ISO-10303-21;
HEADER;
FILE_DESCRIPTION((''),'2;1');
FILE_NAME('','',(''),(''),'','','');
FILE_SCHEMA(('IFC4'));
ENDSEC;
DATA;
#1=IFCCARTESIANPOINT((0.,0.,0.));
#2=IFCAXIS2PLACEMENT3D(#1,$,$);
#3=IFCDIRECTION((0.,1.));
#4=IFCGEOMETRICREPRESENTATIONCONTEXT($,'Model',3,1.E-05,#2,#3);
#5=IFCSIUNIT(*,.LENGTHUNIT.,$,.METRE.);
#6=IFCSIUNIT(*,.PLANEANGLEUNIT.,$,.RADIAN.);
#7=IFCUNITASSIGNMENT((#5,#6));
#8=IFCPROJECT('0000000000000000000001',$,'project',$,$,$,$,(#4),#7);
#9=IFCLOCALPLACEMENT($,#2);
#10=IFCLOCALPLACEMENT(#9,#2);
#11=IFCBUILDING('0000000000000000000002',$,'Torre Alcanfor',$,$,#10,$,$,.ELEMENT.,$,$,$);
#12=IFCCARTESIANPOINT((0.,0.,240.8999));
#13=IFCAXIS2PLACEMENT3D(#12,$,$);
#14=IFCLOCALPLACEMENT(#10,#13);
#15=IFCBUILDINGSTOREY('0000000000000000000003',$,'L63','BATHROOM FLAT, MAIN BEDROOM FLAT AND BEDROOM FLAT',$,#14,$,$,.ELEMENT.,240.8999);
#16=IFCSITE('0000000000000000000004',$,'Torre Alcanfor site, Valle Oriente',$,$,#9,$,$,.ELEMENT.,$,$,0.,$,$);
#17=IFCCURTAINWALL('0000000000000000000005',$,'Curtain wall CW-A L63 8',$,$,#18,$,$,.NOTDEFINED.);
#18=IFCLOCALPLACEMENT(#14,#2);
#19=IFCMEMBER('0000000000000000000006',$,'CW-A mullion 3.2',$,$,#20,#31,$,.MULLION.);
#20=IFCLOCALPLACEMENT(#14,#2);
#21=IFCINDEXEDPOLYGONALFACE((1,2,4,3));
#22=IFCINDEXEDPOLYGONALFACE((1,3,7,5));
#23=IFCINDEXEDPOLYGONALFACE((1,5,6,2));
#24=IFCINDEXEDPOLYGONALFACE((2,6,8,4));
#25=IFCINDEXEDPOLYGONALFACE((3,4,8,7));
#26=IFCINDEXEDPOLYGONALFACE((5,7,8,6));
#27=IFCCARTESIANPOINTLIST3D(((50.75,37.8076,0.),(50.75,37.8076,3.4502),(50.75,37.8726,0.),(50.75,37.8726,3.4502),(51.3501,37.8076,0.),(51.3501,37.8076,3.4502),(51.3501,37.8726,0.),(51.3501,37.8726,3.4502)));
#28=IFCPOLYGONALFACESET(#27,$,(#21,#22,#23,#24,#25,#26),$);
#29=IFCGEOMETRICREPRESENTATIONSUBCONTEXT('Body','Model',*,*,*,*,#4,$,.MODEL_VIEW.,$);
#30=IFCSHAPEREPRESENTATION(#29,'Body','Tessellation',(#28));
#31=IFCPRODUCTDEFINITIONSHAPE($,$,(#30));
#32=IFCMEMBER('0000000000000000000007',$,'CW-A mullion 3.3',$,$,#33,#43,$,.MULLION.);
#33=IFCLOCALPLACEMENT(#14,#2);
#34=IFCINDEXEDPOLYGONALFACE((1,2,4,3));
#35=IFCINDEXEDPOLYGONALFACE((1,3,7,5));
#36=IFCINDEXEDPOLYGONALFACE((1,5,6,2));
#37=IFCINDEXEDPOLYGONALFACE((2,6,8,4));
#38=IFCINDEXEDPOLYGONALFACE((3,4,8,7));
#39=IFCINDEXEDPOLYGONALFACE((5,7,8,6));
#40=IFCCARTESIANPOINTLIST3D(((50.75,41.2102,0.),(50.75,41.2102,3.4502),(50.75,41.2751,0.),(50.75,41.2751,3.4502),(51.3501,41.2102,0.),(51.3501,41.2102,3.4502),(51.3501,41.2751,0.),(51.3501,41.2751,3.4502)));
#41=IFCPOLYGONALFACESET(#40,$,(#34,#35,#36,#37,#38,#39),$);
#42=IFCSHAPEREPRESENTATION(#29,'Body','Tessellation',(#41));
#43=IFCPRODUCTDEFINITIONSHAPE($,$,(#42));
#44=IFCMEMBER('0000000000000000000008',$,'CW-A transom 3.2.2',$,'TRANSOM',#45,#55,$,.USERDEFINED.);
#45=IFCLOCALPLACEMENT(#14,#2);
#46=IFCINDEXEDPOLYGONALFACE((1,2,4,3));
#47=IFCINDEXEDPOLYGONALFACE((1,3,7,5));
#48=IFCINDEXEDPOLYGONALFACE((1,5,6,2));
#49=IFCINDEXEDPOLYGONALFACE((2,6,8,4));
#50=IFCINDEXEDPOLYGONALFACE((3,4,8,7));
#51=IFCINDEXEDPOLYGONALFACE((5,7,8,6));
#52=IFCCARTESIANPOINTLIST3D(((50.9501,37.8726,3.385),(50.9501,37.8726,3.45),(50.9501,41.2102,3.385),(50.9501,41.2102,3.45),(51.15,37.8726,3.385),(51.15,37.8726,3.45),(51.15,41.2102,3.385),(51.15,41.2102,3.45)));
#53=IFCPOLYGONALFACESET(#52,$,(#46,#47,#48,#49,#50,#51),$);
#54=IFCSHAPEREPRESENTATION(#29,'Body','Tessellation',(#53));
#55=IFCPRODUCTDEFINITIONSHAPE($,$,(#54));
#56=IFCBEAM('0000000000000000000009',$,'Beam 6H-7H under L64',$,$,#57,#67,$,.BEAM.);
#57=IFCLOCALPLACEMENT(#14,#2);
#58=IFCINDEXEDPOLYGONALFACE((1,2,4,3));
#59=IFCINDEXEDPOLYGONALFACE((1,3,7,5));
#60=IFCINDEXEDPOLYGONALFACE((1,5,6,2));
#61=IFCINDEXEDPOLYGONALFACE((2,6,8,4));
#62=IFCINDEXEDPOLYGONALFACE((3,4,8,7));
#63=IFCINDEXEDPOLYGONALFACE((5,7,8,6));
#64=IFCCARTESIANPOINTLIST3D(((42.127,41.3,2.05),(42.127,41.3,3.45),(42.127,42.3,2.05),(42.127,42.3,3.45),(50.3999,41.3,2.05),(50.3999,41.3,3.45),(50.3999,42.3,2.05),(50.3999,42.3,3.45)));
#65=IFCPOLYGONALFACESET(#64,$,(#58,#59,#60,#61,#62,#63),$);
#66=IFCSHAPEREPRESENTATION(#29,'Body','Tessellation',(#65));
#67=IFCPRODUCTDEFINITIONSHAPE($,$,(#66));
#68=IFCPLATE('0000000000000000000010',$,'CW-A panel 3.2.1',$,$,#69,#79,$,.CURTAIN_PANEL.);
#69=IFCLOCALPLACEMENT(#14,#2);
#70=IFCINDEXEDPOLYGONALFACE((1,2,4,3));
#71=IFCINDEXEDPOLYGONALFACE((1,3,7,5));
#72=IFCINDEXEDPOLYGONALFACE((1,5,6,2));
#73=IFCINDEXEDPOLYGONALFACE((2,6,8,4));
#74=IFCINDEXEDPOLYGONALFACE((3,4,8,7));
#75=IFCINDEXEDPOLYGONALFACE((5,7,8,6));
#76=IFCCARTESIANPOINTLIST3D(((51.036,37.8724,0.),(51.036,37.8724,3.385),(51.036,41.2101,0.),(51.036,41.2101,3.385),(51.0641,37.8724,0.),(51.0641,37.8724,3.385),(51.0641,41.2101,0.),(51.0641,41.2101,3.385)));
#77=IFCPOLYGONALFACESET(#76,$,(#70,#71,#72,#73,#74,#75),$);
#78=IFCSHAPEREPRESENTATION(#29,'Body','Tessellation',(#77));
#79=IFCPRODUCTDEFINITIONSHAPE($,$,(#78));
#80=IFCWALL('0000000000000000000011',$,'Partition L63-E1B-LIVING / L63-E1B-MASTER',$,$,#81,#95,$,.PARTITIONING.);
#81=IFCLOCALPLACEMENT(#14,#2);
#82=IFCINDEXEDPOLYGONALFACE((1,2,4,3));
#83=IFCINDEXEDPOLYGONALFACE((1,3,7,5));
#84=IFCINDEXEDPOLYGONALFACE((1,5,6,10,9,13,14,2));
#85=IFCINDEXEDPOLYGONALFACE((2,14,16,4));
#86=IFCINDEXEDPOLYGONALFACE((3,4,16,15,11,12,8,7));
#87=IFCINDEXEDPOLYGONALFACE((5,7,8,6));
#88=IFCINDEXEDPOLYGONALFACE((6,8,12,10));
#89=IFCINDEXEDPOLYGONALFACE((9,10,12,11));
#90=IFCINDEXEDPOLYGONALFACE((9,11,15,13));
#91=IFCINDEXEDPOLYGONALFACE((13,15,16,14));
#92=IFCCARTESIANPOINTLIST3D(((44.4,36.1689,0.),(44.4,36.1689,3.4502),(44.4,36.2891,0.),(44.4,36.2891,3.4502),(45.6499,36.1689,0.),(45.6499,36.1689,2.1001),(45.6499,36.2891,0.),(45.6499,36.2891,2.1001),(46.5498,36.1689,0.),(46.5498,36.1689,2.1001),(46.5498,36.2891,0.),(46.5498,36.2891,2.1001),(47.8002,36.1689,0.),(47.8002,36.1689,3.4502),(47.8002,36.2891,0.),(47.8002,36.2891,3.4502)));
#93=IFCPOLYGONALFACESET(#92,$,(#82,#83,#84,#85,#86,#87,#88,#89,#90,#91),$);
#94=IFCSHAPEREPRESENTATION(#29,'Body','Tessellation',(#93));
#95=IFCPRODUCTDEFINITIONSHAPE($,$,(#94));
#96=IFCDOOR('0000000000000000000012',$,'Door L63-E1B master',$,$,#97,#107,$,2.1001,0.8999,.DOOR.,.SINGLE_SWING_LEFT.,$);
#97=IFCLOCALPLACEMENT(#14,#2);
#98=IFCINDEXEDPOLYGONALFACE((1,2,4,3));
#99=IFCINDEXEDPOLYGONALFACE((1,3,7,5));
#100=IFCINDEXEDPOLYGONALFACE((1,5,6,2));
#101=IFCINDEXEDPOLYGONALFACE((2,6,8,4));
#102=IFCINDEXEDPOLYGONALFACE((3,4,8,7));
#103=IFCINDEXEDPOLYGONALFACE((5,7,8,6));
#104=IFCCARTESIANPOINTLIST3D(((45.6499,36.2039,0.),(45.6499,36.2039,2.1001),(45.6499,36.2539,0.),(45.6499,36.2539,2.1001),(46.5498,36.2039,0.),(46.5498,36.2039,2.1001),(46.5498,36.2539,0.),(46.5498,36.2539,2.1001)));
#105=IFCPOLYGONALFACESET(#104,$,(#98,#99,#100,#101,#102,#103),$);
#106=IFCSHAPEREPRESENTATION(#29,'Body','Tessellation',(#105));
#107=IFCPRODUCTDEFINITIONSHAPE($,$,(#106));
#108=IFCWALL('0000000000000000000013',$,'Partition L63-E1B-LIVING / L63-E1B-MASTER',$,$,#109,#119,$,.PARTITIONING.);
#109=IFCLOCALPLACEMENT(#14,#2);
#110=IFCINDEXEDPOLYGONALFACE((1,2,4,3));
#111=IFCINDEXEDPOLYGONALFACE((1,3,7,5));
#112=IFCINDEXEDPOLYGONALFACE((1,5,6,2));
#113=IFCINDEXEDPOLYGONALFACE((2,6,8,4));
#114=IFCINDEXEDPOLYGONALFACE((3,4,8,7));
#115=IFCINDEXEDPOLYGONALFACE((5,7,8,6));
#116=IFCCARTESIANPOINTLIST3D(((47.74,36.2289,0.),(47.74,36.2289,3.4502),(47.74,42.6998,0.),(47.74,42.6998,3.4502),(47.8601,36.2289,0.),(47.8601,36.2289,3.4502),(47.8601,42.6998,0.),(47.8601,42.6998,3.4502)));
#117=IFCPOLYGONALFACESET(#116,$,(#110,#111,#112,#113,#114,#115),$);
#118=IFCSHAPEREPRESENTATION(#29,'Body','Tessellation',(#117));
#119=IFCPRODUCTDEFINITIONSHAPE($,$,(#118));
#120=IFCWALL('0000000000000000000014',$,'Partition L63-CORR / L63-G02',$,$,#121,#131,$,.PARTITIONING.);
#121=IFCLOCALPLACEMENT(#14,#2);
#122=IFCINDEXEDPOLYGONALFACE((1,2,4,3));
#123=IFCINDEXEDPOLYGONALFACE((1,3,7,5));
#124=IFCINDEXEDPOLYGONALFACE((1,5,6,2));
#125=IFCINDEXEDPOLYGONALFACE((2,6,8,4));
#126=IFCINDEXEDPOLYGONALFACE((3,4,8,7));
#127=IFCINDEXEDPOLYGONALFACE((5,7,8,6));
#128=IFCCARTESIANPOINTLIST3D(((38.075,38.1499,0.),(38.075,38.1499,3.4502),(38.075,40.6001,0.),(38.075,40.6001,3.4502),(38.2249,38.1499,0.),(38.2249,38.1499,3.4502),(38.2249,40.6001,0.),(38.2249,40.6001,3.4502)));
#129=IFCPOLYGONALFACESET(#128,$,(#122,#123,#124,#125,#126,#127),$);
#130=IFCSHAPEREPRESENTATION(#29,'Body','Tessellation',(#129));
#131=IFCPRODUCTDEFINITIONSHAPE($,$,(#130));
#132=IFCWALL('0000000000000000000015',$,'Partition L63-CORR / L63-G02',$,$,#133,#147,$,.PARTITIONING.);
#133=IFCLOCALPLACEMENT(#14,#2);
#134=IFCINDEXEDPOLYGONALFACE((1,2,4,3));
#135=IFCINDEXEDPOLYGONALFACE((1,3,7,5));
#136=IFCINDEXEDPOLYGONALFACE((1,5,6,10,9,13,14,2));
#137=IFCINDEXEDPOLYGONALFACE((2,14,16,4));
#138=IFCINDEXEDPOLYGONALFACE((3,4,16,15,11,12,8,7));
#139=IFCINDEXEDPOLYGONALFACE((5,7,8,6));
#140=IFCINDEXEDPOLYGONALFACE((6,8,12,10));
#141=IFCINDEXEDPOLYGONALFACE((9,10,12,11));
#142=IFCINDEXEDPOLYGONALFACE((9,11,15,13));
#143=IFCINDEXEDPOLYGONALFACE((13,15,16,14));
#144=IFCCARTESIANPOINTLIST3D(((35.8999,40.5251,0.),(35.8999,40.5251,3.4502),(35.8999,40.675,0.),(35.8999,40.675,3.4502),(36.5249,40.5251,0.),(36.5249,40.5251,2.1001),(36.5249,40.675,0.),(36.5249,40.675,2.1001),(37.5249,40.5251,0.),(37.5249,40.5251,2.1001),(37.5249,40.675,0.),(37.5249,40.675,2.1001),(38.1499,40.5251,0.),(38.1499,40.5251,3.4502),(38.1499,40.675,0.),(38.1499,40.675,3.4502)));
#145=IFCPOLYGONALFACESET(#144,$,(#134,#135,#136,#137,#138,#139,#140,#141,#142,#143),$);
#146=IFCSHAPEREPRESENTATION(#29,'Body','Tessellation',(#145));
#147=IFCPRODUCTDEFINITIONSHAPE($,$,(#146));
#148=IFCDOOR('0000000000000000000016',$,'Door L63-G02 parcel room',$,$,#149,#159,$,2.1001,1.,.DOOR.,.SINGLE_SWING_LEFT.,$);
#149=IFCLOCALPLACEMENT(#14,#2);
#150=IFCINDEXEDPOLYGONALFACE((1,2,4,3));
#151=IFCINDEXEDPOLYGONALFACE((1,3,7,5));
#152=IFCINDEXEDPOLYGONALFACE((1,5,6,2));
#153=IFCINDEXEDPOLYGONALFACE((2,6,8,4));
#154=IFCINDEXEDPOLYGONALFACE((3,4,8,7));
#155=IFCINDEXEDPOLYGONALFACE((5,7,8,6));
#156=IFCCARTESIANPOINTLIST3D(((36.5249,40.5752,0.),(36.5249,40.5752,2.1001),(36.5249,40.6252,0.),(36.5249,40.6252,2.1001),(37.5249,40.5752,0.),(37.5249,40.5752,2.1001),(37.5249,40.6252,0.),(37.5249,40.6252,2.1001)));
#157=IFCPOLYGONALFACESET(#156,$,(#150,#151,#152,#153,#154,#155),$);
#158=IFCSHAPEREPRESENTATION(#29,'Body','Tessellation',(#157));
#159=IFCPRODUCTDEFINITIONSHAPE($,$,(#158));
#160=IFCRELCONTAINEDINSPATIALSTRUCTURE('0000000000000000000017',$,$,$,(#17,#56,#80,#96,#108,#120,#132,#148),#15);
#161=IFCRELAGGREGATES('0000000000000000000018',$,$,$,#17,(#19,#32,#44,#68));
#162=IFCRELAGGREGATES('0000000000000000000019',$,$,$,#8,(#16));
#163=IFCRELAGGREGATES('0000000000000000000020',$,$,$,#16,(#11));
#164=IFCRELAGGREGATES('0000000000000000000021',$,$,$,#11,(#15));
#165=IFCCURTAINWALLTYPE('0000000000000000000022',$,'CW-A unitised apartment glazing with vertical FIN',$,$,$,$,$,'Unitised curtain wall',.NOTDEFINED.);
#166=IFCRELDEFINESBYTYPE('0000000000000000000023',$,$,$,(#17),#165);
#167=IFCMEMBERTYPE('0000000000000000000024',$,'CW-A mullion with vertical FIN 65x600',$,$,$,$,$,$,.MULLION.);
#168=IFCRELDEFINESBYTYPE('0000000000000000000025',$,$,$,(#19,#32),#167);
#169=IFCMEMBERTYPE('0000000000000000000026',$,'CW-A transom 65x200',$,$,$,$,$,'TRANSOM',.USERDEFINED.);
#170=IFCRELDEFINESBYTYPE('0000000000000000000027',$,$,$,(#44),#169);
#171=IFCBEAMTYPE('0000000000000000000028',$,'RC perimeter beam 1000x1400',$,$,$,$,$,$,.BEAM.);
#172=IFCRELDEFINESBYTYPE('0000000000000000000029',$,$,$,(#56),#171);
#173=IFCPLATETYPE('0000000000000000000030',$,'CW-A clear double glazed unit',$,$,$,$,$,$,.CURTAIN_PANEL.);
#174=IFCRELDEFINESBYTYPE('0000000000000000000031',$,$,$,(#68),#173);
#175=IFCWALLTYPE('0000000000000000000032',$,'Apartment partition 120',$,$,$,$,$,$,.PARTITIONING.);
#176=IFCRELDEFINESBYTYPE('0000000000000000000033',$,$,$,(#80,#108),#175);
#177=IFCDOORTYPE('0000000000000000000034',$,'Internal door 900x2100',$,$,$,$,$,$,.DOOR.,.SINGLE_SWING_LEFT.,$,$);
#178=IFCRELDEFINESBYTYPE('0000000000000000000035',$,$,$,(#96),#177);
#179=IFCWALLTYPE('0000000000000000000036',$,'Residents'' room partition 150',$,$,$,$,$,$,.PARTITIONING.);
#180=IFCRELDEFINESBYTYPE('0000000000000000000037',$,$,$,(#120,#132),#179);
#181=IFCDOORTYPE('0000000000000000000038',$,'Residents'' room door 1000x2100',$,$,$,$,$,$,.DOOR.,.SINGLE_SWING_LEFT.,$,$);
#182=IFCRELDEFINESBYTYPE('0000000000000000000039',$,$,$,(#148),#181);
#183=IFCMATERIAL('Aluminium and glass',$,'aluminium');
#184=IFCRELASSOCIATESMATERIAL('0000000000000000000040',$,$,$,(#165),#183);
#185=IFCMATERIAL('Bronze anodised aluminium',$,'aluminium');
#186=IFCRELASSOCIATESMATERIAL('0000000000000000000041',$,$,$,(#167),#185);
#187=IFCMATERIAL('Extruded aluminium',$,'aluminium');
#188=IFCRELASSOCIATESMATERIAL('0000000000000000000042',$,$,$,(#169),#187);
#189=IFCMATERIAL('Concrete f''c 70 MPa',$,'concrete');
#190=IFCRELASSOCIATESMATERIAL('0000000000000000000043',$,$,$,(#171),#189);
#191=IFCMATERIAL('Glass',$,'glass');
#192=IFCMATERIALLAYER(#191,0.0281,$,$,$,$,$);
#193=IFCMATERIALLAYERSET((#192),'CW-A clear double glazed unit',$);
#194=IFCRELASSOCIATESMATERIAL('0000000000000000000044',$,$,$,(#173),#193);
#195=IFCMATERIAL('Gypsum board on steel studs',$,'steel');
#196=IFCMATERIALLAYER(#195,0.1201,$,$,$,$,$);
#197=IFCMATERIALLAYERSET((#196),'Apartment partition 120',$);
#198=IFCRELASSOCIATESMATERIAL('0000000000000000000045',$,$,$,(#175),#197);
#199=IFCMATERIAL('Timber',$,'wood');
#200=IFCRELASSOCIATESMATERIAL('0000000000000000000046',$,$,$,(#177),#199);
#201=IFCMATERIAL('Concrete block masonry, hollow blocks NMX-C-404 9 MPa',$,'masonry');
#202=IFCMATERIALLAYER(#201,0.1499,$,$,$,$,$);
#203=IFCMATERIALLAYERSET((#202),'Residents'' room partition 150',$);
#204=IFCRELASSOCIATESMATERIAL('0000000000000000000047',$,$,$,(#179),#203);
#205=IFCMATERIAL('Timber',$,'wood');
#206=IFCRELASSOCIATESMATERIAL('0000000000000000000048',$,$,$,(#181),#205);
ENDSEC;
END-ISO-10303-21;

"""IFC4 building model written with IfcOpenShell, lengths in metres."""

from ifc_helpers import new_model, si_unit, direction, frame, frame_2d, origin, origin_2d, place, context, subcontext, project, spatial, rectangle, extrude, material, layer, layer_set, material_profile, profile_set, type_object, element, fill, aggregate, save


model = new_model("IFC4")

# Units and contexts
model_context = context("Model", 3, precision=1e-05, world=origin(), true_north=direction((0.0, 1.0)))
body_context = subcontext(model_context, "Body", "Model", "MODEL_VIEW")
ifc_project = project(units=[si_unit("LENGTHUNIT", "METRE"), si_unit("PLANEANGLEUNIT", "RADIAN")], contexts=[model_context])

# Site, building, storey
site_placement = place(None, origin())
site = spatial("IfcSite", under=ifc_project, at=site_placement, Name="Torre Alcanfor site, Valle Oriente", CompositionType="ELEMENT", RefElevation=0.0)
building_placement = place(site_placement, origin())
building = spatial("IfcBuilding", under=site, at=building_placement, Name="Torre Alcanfor", CompositionType="ELEMENT")
storey_placement = place(building_placement, frame((0.0, 0.0, 240.8999)))
storey = spatial("IfcBuildingStorey", under=building, at=storey_placement, Name="L63", Description="BATHROOM FLAT, MAIN BEDROOM FLAT AND BEDROOM FLAT", CompositionType="ELEMENT", Elevation=240.8999)

# Curtain wall, members
ifc_material_1 = material(Name="Aluminium and glass", Category="aluminium")
curtain_wall_type = type_object("IfcCurtainWallType", Name="CW-A unitised apartment glazing with vertical FIN", ElementType="Unitised curtain wall", PredefinedType="NOTDEFINED", material=ifc_material_1)
curtain_wall_placement = place(storey_placement, origin())
curtain_wall = element("IfcCurtainWall", 1, at=curtain_wall_placement, inside=storey, type_object=curtain_wall_type, Name="Curtain wall CW-A L63 8", PredefinedType="NOTDEFINED")
ifc_material_2 = material(Name="Bronze anodised aluminium", Category="aluminium")
ifc_material_profile_1 = material_profile(ifc_material_2, rectangle(XDim=0.6001, YDim=0.0649, at=origin_2d()), Name="CW-A mullion 65x600")
ifc_profile_set_1 = profile_set([ifc_material_profile_1], Name="Bronze anodised aluminium")
member_type_1 = type_object("IfcMemberType", Name="CW-A mullion with vertical FIN 65x600", PredefinedType="MULLION", material=ifc_profile_set_1)
member_1_placement = place(storey_placement, frame((51.05, 37.8401, 0.0), z_axis=(0.0, 0.0, 1.0), x_axis=(-1.0, 0.0, 0.0)))
member_1 = element("IfcMember", 2, at=member_1_placement, type_object=member_type_1, Name="CW-A mullion 3.2", PredefinedType="MULLION", context=body_context, shape_type="SweptSolid", body=[
    extrude(rectangle(XDim=0.6001, YDim=0.0649, at=origin_2d()), origin(), (0.0, 0.0, 1.0), 3.4502),
])
member_2_placement = place(storey_placement, frame((51.05, 41.2427, 0.0), z_axis=(0.0, 0.0, 1.0), x_axis=(-1.0, 0.0, 0.0)))
member_2 = element("IfcMember", 3, at=member_2_placement, type_object=member_type_1, Name="CW-A mullion 3.3", PredefinedType="MULLION", context=body_context, shape_type="SweptSolid", body=[
    extrude(rectangle(XDim=0.6001, YDim=0.0649, at=origin_2d()), origin(), (0.0, 0.0, 1.0), 3.4502),
])
ifc_material_3 = material(Name="Extruded aluminium", Category="aluminium")
ifc_material_profile_2 = material_profile(ifc_material_3, rectangle(XDim=0.2, YDim=0.0649, at=origin_2d()), Name="CW-A transom 200x65")
ifc_profile_set_2 = profile_set([ifc_material_profile_2], Name="Extruded aluminium")
member_type_2 = type_object("IfcMemberType", Name="CW-A transom 65x200", ElementType="TRANSOM", PredefinedType="USERDEFINED", material=ifc_profile_set_2)
member_3_placement = place(storey_placement, frame((51.05, 37.8726, 3.4175), z_axis=(0.0, 1.0, 0.0), x_axis=(-1.0, 0.0, 0.0)))
member_3 = element("IfcMember", 4, at=member_3_placement, type_object=member_type_2, Name="CW-A transom 3.2.2", ObjectType="TRANSOM", PredefinedType="USERDEFINED", context=body_context, shape_type="SweptSolid", body=[
    extrude(rectangle(XDim=0.2, YDim=0.0649, at=origin_2d()), origin(), (0.0, 0.0, 1.0), 3.3376),
])

# Beam
ifc_material_4 = material(Name="Concrete f'c 70 MPa", Category="concrete")
ifc_material_profile_3 = material_profile(ifc_material_4, rectangle(XDim=1.0, YDim=1.3999, at=origin_2d()), Name="1000x1400")
ifc_profile_set_3 = profile_set([ifc_material_profile_3], Name="Concrete f'c 70 MPa")
beam_type = type_object("IfcBeamType", Name="RC perimeter beam 1000x1400", PredefinedType="BEAM", material=ifc_profile_set_3)
beam_placement = place(storey_placement, frame((42.127, 41.8, 2.75), z_axis=(1.0, 0.0, 0.0), x_axis=(0.0, 1.0, 0.0)))
element("IfcBeam", 5, at=beam_placement, inside=storey, type_object=beam_type, Name="Beam 6H-7H under L64", PredefinedType="BEAM", context=body_context, shape_type="SweptSolid", body=[
    extrude(rectangle(XDim=1.0, YDim=1.3999, at=origin_2d()), origin(), (0.0, 0.0, 1.0), 8.2729),
])

# Plate
ifc_material_5 = material(Name="Glass", Category="glass")
ifc_layer_1 = layer(ifc_material_5, 0.0281)
ifc_layer_set_1 = layer_set([ifc_layer_1], Name="CW-A clear double glazed unit")
plate_type = type_object("IfcPlateType", Name="CW-A clear double glazed unit", PredefinedType="CURTAIN_PANEL", material=ifc_layer_set_1)
plate_placement = place(storey_placement, frame((51.05, 39.5413, 0.0), z_axis=(0.0, 0.0, 1.0), x_axis=(0.0, 1.0, 0.0)))
plate = element("IfcPlate", 6, at=plate_placement, type_object=plate_type, Name="CW-A panel 3.2.1", PredefinedType="CURTAIN_PANEL", context=body_context, shape_type="SweptSolid", body=[
    extrude(rectangle(XDim=3.3376, YDim=0.0281, at=origin_2d()), origin(), (0.0, 0.0, 1.0), 3.385),
])
aggregate(curtain_wall, [member_1, member_2, member_3, plate])

# Wall, opening, door
ifc_material_6 = material(Name="Gypsum board on steel studs", Category="steel")
ifc_layer_2 = layer(ifc_material_6, 0.1201)
ifc_layer_set_2 = layer_set([ifc_layer_2], Name="Apartment partition 120")
wall_type_1 = type_object("IfcWallType", Name="Apartment partition 120", PredefinedType="PARTITIONING", material=ifc_layer_set_2)
wall_1_placement = place(storey_placement, frame((44.3999, 36.229, 0.0), z_axis=(0.0, 0.0, 1.0), x_axis=(1.0, 0.0, 0.0)))
wall_1 = element("IfcWall", 7, at=wall_1_placement, inside=storey, type_object=wall_type_1, Name="Partition L63-E1B-LIVING / L63-E1B-MASTER", PredefinedType="PARTITIONING", context=body_context, shape_type="SweptSolid", body=[
    extrude(rectangle(XDim=3.4001, YDim=0.1201, at=frame_2d((1.7002, 0.0))), origin(), (0.0, 0.0, 1.0), 3.4502),
])
opening_1_placement = place(wall_1_placement, frame((1.25, 0.0, 0.0)))
opening_1 = element("IfcOpeningElement", 8, at=opening_1_placement, cuts=wall_1, PredefinedType="OPENING", context=body_context, shape_type="SweptSolid", body=[
    extrude(rectangle(XDim=0.8999, YDim=2.1001, at=frame_2d((0.45, 1.05))), frame((0.0, 0.0701, 0.0), z_axis=(0.0, -1.0, 0.0), x_axis=(1.0, 0.0, 0.0)), (0.0, 0.0, 1.0), 0.1401),
])
ifc_material_7 = material(Name="Timber", Category="wood")
door_type_1 = type_object("IfcDoorType", Name="Internal door 900x2100", OperationType="SINGLE_SWING_LEFT", PredefinedType="DOOR", material=ifc_material_7)
door_1_placement = place(opening_1_placement, origin())
door_1 = element("IfcDoor", 9, at=door_1_placement, inside=storey, type_object=door_type_1, Name="Door L63-E1B master", OperationType="SINGLE_SWING_LEFT", OverallHeight=2.1001, OverallWidth=0.8999, PredefinedType="DOOR", context=body_context, shape_type="SweptSolid", body=[
    extrude(rectangle(XDim=0.8999, YDim=2.1001, at=frame_2d((0.45, 1.05))), frame((0.0, 0.0249, 0.0), z_axis=(0.0, -1.0, 0.0), x_axis=(1.0, 0.0, 0.0)), (0.0, 0.0, 1.0), 0.05),
])
fill(opening_1, door_1)

# Walls
wall_2_placement = place(storey_placement, frame((47.8, 36.229, 0.0), z_axis=(0.0, 0.0, 1.0), x_axis=(0.0, 1.0, 0.0)))
element("IfcWall", 10, at=wall_2_placement, inside=storey, type_object=wall_type_1, Name="Partition L63-E1B-LIVING / L63-E1B-MASTER", PredefinedType="PARTITIONING", context=body_context, shape_type="SweptSolid", body=[
    extrude(rectangle(XDim=6.4709, YDim=0.1201, at=frame_2d((3.2354, 0.0))), origin(), (0.0, 0.0, 1.0), 3.4502),
])
ifc_material_8 = material(Name="Concrete block masonry, hollow blocks NMX-C-404 9 MPa", Category="masonry")
ifc_layer_3 = layer(ifc_material_8, 0.1499)
ifc_layer_set_3 = layer_set([ifc_layer_3], Name="Residents' room partition 150")
wall_type_2 = type_object("IfcWallType", Name="Residents' room partition 150", PredefinedType="PARTITIONING", material=ifc_layer_set_3)
wall_3_placement = place(storey_placement, frame((38.1499, 38.1499, 0.0), z_axis=(0.0, 0.0, 1.0), x_axis=(0.0, 1.0, 0.0)))
element("IfcWall", 11, at=wall_3_placement, inside=storey, type_object=wall_type_2, Name="Partition L63-CORR / L63-G02", PredefinedType="PARTITIONING", context=body_context, shape_type="SweptSolid", body=[
    extrude(rectangle(XDim=2.4502, YDim=0.1499, at=frame_2d((1.2251, 0.0))), origin(), (0.0, 0.0, 1.0), 3.4502),
])

# Wall, opening, door
wall_4_placement = place(storey_placement, frame((38.1499, 40.6001, 0.0), z_axis=(0.0, 0.0, 1.0), x_axis=(-1.0, 0.0, 0.0)))
wall_4 = element("IfcWall", 12, at=wall_4_placement, inside=storey, type_object=wall_type_2, Name="Partition L63-CORR / L63-G02", PredefinedType="PARTITIONING", context=body_context, shape_type="SweptSolid", body=[
    extrude(rectangle(XDim=2.25, YDim=0.1499, at=frame_2d((1.125, 0.0))), origin(), (0.0, 0.0, 1.0), 3.4502),
])
opening_2_placement = place(wall_4_placement, frame((0.625, 0.0, 0.0)))
opening_2 = element("IfcOpeningElement", 13, at=opening_2_placement, cuts=wall_4, PredefinedType="OPENING", context=body_context, shape_type="SweptSolid", body=[
    extrude(rectangle(XDim=1.0, YDim=2.1001, at=frame_2d((0.5, 1.05))), frame((0.0, 0.085, 0.0), z_axis=(0.0, -1.0, 0.0), x_axis=(1.0, 0.0, 0.0)), (0.0, 0.0, 1.0), 0.1699),
])
ifc_material_9 = material(Name="Timber", Category="wood")
door_type_2 = type_object("IfcDoorType", Name="Residents' room door 1000x2100", OperationType="SINGLE_SWING_LEFT", PredefinedType="DOOR", material=ifc_material_9)
door_2_placement = place(opening_2_placement, origin())
door_2 = element("IfcDoor", 14, at=door_2_placement, inside=storey, type_object=door_type_2, Name="Door L63-G02 parcel room", OperationType="SINGLE_SWING_LEFT", OverallHeight=2.1001, OverallWidth=1.0, PredefinedType="DOOR", context=body_context, shape_type="SweptSolid", body=[
    extrude(rectangle(XDim=1.0, YDim=2.1001, at=frame_2d((0.5, 1.05))), frame((0.0, 0.0249, 0.0), z_axis=(0.0, -1.0, 0.0), x_axis=(1.0, 0.0, 0.0)), (0.0, 0.0, 1.0), 0.05),
])
fill(opening_2, door_2)

save(model, "model.ifc")
